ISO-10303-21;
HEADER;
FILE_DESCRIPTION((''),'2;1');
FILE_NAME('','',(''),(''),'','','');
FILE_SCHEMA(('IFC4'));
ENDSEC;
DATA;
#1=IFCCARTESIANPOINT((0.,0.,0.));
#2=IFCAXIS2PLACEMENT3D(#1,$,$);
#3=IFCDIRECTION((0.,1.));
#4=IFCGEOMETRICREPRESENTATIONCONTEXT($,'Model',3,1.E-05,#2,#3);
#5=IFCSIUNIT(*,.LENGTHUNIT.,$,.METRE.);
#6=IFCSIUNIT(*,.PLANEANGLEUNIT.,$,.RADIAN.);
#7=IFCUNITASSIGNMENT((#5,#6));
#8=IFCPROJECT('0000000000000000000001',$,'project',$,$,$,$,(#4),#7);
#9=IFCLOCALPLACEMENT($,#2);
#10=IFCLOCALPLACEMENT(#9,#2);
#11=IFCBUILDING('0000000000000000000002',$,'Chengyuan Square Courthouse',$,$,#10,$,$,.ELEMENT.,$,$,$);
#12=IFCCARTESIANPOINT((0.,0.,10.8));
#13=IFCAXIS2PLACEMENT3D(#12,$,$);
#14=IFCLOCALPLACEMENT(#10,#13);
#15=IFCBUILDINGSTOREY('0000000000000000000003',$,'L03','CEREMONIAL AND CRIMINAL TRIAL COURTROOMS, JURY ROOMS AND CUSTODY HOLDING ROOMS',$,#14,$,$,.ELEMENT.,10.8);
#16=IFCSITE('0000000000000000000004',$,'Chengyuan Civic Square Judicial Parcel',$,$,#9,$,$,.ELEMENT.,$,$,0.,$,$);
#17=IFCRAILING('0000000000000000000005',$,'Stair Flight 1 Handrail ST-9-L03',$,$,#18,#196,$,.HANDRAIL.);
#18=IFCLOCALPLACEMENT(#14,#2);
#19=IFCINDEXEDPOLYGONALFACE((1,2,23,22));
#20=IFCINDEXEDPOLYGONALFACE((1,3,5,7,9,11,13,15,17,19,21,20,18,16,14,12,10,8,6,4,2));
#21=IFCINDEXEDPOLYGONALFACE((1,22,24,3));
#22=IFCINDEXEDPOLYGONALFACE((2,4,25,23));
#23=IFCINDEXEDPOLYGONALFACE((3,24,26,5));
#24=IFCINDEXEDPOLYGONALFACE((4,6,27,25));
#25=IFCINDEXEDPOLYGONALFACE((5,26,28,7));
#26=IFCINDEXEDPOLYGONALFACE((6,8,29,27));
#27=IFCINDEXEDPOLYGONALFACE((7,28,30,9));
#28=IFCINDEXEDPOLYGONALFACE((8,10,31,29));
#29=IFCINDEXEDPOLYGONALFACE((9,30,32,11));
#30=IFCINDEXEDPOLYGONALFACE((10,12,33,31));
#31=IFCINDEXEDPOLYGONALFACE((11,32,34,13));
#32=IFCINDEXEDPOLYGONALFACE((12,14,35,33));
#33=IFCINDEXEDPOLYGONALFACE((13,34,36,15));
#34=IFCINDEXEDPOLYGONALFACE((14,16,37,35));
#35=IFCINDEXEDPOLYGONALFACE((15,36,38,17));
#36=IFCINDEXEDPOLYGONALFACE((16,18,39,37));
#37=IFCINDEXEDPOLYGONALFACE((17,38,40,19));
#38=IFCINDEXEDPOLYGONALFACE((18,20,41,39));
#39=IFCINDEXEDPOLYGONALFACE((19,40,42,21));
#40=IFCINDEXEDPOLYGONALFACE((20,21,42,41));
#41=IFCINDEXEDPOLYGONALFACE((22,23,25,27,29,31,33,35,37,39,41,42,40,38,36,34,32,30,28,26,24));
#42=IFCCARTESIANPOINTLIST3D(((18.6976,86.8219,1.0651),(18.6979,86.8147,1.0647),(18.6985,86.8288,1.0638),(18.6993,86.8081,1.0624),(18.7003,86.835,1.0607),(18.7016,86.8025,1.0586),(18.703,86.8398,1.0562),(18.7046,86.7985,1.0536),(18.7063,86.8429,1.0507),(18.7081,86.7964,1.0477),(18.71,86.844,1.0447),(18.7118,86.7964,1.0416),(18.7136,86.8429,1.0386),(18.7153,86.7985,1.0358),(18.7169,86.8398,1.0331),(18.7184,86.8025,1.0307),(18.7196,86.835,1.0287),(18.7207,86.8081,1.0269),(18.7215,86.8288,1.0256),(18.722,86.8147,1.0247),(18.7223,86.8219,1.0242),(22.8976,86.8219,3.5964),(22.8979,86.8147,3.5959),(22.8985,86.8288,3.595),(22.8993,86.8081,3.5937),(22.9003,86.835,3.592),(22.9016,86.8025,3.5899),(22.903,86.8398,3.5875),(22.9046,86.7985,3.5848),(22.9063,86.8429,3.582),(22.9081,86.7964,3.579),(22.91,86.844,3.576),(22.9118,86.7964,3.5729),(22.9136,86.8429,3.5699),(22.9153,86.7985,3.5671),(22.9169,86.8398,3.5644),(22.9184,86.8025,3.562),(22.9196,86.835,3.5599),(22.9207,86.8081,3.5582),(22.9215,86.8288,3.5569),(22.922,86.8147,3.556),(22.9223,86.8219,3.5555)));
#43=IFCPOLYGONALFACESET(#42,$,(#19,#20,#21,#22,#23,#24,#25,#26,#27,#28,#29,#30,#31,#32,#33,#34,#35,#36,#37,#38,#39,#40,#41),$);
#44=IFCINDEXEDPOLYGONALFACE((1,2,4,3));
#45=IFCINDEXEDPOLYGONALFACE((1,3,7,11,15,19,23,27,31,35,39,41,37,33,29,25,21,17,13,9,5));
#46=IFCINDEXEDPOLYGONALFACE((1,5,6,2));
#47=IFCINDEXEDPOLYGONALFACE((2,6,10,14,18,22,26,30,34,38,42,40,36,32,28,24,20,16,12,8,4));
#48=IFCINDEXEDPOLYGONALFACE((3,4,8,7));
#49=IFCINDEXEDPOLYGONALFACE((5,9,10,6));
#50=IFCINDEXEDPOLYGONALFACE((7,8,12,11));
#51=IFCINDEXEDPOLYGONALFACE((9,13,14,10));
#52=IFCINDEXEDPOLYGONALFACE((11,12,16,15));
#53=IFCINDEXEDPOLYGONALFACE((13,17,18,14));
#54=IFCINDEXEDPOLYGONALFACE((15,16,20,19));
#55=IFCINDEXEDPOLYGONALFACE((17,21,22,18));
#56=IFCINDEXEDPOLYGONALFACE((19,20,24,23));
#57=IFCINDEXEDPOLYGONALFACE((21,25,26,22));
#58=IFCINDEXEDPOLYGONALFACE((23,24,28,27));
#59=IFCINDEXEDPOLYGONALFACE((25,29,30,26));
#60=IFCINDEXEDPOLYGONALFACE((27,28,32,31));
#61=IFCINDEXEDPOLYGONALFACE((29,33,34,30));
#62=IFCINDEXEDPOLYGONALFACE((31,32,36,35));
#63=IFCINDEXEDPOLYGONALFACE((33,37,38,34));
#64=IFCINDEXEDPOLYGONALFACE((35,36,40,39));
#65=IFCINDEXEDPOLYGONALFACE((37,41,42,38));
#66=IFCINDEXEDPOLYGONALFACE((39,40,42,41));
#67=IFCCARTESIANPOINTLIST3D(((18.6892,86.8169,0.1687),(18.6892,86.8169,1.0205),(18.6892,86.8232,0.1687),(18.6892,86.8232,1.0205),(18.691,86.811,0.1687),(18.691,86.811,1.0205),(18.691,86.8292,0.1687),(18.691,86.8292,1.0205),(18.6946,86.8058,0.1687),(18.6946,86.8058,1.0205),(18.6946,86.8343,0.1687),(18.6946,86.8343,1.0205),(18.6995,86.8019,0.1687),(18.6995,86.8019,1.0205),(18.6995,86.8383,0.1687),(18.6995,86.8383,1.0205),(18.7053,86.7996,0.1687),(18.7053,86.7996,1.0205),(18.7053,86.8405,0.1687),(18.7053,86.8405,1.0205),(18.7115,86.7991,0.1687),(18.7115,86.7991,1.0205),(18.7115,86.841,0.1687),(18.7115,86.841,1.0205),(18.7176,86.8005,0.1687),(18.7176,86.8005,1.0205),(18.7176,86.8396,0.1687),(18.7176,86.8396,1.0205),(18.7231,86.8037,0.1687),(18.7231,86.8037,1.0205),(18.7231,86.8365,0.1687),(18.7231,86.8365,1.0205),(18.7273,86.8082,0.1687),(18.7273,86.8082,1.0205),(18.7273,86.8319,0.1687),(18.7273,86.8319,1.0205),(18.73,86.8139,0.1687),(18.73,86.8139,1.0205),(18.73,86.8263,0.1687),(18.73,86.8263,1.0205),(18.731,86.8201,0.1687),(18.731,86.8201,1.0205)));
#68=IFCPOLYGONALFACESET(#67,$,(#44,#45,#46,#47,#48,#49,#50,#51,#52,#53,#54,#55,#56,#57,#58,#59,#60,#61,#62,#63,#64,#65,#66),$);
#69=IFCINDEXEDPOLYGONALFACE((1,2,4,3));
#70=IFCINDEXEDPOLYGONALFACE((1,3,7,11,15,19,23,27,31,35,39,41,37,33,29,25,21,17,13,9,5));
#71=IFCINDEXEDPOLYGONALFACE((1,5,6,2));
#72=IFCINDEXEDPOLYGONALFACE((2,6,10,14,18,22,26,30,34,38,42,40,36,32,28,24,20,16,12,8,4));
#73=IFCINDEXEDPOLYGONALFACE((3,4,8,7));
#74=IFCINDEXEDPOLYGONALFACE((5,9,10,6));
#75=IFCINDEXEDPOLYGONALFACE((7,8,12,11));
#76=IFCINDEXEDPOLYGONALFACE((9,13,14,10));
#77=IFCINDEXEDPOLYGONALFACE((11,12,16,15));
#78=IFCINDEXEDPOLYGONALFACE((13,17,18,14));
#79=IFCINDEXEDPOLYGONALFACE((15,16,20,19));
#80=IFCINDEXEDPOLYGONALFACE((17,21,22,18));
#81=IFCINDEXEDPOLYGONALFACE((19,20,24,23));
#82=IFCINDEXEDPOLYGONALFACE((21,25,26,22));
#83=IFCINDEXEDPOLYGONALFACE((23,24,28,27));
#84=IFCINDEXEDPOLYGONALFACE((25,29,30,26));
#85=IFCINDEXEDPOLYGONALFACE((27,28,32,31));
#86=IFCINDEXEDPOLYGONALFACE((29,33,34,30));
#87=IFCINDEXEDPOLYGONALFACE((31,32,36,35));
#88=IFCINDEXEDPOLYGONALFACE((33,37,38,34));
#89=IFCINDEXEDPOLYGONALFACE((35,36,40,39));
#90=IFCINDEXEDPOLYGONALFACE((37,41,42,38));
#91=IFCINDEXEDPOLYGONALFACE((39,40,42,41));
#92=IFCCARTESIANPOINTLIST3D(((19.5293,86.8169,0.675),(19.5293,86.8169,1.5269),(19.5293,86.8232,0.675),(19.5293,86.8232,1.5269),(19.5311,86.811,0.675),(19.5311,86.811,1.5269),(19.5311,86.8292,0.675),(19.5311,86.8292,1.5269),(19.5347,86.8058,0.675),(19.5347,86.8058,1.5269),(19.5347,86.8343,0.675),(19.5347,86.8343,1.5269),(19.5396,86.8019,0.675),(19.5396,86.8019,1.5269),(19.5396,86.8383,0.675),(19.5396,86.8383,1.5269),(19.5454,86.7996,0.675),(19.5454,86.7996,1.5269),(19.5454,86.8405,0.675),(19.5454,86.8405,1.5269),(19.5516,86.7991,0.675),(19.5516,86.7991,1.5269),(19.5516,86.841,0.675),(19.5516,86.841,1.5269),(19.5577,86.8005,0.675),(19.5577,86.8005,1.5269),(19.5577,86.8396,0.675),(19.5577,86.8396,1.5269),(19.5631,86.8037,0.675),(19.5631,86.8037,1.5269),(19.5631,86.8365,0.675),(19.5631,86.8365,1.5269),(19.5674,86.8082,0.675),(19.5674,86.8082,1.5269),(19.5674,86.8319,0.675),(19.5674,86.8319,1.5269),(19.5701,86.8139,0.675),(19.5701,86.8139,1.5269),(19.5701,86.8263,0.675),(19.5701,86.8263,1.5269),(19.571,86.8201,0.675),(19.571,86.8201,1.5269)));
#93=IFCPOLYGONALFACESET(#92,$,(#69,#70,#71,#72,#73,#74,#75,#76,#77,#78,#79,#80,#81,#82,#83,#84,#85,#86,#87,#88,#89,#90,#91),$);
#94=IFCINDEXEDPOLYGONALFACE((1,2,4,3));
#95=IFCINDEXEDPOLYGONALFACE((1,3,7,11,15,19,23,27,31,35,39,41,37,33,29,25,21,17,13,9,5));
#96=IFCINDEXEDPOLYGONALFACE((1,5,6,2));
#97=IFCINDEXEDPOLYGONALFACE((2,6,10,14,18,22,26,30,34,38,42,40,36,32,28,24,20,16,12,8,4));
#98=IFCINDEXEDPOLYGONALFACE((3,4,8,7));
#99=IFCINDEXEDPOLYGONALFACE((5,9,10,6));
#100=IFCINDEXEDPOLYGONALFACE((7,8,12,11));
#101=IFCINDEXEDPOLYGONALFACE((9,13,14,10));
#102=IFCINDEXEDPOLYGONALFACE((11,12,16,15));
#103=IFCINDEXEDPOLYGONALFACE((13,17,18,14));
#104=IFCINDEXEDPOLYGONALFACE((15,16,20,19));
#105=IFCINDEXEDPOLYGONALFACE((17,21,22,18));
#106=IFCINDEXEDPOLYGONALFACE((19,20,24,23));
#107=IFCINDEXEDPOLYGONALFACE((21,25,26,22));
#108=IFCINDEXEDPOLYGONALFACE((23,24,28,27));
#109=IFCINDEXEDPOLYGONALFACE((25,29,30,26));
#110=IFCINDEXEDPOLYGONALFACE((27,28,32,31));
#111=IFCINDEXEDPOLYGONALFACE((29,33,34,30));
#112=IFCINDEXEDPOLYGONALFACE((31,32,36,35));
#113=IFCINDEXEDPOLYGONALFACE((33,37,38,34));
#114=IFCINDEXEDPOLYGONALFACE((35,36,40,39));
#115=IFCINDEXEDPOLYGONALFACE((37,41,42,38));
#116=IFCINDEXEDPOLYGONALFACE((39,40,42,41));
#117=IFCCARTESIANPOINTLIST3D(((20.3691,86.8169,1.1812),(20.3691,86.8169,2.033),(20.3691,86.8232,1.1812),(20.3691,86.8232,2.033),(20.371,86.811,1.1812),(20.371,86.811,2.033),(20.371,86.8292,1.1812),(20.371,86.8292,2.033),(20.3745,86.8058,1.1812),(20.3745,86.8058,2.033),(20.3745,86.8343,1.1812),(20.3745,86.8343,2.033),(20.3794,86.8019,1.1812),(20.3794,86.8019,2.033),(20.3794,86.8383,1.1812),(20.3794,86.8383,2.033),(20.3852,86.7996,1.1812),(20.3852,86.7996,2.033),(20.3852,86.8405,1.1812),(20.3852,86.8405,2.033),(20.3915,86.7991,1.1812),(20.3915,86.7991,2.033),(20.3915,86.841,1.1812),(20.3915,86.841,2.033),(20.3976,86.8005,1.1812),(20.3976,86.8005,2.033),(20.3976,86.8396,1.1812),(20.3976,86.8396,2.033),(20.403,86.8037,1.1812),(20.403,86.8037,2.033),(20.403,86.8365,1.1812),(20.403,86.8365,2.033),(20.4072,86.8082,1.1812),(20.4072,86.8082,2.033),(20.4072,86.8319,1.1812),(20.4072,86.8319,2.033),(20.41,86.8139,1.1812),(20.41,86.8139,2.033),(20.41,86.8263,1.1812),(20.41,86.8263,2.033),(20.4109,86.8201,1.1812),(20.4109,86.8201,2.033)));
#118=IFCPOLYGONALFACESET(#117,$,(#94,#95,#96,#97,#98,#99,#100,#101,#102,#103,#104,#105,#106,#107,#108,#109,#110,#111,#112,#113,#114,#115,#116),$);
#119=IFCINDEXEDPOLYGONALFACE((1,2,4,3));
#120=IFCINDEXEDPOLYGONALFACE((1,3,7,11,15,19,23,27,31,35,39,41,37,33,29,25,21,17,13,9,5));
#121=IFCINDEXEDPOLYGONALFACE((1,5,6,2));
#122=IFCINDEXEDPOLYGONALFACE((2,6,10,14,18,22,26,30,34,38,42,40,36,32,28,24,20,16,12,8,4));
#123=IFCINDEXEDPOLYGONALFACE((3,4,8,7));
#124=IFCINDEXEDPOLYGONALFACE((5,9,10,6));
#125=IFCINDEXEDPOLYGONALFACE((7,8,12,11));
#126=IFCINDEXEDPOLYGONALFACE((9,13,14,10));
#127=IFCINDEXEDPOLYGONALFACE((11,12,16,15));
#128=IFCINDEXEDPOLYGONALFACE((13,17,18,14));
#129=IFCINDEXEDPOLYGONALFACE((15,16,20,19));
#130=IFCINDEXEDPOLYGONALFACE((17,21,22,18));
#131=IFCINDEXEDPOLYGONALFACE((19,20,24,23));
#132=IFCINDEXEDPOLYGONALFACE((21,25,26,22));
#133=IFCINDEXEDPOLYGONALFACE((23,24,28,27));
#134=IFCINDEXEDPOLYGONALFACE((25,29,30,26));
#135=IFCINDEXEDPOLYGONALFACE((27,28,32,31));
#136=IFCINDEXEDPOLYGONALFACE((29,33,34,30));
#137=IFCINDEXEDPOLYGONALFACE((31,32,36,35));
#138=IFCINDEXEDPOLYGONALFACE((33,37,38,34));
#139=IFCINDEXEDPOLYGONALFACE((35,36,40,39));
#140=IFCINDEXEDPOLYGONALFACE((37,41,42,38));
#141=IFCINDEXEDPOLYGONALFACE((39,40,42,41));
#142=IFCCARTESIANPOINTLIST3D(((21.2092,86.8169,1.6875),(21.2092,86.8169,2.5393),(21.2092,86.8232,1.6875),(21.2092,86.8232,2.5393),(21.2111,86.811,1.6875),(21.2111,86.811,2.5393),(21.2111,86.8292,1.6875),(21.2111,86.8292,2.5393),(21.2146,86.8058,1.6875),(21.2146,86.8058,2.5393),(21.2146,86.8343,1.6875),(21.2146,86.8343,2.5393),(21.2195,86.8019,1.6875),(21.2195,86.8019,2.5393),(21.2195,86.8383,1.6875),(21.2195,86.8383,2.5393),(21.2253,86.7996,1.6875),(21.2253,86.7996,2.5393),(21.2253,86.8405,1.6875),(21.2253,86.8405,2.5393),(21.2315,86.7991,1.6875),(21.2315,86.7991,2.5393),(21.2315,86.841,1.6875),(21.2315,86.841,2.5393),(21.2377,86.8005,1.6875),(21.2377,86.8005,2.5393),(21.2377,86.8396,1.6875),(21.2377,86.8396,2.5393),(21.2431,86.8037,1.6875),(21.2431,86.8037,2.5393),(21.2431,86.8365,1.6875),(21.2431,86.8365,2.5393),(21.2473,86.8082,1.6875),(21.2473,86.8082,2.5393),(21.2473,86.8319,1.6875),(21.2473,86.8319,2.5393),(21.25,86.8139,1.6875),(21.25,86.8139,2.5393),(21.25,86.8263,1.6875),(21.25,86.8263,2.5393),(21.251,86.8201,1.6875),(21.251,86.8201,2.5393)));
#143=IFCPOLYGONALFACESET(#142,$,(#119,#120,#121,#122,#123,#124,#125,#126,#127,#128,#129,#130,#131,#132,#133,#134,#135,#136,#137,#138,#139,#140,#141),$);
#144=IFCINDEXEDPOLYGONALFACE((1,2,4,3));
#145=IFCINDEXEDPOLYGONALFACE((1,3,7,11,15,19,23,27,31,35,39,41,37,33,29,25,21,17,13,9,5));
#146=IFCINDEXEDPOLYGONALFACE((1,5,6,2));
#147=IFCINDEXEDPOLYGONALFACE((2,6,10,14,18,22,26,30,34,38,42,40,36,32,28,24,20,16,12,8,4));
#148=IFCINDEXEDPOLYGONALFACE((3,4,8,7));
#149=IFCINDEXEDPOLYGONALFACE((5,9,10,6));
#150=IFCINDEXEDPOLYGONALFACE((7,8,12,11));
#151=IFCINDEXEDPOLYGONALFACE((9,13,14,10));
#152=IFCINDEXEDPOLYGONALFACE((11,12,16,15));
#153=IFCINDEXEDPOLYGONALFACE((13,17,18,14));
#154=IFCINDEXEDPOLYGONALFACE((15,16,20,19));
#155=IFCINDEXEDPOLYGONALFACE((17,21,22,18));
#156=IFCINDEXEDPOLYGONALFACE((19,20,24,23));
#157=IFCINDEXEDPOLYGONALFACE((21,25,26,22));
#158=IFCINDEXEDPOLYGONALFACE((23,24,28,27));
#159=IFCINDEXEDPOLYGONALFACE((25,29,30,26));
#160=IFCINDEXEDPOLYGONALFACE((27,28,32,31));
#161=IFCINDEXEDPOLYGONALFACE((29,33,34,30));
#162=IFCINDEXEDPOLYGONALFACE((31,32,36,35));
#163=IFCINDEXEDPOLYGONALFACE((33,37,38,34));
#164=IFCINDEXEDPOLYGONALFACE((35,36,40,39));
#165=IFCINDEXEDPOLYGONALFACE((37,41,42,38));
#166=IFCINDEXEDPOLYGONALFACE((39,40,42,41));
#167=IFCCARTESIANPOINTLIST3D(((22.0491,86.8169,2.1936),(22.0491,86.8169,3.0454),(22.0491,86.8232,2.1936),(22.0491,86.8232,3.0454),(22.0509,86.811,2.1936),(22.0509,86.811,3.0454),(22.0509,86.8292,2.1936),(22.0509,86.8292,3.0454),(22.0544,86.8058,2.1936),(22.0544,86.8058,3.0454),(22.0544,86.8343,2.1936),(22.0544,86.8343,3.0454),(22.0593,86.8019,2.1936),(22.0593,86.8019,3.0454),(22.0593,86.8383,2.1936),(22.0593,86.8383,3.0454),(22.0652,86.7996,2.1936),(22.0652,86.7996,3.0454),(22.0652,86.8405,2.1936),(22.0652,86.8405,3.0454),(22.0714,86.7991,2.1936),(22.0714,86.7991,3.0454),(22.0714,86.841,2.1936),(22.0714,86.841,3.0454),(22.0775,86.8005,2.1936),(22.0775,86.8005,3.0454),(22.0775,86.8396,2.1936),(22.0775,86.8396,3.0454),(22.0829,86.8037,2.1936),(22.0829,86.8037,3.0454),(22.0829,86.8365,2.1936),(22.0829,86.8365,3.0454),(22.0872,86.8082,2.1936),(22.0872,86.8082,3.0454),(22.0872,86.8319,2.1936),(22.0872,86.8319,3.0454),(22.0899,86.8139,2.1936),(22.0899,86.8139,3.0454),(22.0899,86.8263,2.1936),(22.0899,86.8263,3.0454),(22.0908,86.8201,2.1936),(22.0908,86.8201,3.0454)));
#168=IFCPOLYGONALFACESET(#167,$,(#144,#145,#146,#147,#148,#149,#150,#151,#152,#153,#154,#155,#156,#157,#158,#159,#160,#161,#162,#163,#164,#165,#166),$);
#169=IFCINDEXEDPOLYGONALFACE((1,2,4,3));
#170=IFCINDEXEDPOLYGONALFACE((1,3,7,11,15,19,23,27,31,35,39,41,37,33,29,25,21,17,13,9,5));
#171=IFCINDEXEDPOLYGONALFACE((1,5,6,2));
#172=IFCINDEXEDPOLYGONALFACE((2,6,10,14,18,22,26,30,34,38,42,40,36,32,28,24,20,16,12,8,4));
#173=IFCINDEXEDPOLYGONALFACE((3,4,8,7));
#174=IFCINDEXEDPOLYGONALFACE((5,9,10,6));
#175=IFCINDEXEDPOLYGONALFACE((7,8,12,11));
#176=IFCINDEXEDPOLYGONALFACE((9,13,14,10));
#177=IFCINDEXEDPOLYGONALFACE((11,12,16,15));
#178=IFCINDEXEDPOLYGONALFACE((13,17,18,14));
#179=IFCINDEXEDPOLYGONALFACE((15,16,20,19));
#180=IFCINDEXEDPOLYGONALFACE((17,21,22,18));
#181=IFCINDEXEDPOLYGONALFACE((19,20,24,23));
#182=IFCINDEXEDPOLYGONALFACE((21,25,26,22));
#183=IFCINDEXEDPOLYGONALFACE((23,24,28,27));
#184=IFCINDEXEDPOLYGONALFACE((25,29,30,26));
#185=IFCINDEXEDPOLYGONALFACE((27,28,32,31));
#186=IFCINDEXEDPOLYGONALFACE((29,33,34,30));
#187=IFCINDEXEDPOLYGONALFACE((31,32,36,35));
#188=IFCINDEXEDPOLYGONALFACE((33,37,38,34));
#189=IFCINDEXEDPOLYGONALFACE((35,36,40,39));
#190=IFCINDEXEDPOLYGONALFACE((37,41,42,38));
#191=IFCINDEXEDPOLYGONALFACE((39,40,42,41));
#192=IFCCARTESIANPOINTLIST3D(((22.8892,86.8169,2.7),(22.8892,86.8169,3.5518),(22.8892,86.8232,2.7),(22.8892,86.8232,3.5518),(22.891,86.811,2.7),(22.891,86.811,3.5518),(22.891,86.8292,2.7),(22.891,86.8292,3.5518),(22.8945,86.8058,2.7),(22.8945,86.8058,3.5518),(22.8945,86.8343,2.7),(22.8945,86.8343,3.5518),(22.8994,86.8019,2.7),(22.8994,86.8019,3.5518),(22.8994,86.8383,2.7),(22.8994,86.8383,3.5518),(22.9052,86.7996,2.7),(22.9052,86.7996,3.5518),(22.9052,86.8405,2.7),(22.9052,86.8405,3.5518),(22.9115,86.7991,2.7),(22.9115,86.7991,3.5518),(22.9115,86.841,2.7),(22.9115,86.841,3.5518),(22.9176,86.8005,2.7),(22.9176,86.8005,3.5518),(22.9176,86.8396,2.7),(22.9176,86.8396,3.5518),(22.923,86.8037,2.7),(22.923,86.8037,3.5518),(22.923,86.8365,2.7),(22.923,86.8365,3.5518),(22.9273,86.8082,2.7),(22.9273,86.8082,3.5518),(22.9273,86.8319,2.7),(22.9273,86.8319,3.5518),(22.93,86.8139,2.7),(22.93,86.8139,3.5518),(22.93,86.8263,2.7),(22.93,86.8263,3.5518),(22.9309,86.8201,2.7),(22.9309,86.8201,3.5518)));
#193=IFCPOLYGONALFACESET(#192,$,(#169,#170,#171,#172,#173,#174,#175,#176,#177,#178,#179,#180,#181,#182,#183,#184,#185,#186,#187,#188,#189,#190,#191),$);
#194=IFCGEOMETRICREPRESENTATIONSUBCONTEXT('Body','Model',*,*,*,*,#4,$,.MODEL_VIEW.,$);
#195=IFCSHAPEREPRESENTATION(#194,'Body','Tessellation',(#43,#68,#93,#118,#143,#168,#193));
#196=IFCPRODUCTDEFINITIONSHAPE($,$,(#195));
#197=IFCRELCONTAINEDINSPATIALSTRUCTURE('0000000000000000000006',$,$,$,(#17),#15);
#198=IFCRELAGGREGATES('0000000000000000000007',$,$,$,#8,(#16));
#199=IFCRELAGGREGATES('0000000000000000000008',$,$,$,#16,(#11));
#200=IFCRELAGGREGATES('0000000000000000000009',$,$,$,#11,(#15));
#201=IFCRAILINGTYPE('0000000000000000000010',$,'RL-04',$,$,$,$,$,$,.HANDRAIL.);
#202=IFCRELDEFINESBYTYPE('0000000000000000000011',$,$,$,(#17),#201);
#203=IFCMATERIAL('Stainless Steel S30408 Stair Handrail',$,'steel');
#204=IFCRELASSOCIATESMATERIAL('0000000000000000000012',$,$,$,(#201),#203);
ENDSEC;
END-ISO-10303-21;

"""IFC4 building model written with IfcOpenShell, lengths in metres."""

from ifc_helpers import new_model, si_unit, direction, frame, origin, origin_2d, place, context, subcontext, project, spatial, circle, extrude, material, type_object, element, save


model = new_model("IFC4")

# Units and contexts
model_context = context("Model", 3, precision=1e-05, world=origin(), true_north=direction((0.0, 1.0)))
body_context = subcontext(model_context, "Body", "Model", "MODEL_VIEW")
ifc_project = project(units=[si_unit("LENGTHUNIT", "METRE"), si_unit("PLANEANGLEUNIT", "RADIAN")], contexts=[model_context])

# Site, building, storey
site_placement = place(None, origin())
site = spatial("IfcSite", under=ifc_project, at=site_placement, Name="Chengyuan Civic Square Judicial Parcel", CompositionType="ELEMENT", RefElevation=0.0)
building_placement = place(site_placement, origin())
building = spatial("IfcBuilding", under=site, at=building_placement, Name="Chengyuan Square Courthouse", CompositionType="ELEMENT")
storey_placement = place(building_placement, frame((0.0, 0.0, 10.8)))
storey = spatial("IfcBuildingStorey", under=building, at=storey_placement, Name="L03", Description="CEREMONIAL AND CRIMINAL TRIAL COURTROOMS, JURY ROOMS AND CUSTODY HOLDING ROOMS", CompositionType="ELEMENT", Elevation=10.8)

# Railing
ifc_material_1 = material(Name="Stainless Steel S30408 Stair Handrail", Category="steel")
railing_type_1 = type_object("IfcRailingType", Name="RL-04", PredefinedType="HANDRAIL", material=ifc_material_1)
railing_1_placement = place(storey_placement, frame((18.71, 86.8201, 0.1687)))
element("IfcRailing", 1, at=railing_1_placement, inside=storey, type_object=railing_type_1, Name="Stair Flight 1 Handrail ST-9-L03", PredefinedType="HANDRAIL", context=body_context, shape_type="SweptSolid", body=[
    extrude(circle(Radius=0.0239, at=origin_2d()), frame((0.0, 0.0, 0.876), z_axis=(0.856476, 0.0, 0.516186), x_axis=(0.0, 1.0, 0.0)), (0.0, 0.0, 1.0), 4.9038),
    extrude(circle(Radius=0.021, at=origin_2d()), origin(), (0.0, 0.0, 1.0), 0.8518),
    extrude(circle(Radius=0.021, at=origin_2d()), frame((0.8401, 0.0, 0.5063)), (0.0, 0.0, 1.0), 0.8518),
    extrude(circle(Radius=0.021, at=origin_2d()), frame((1.6799, 0.0, 1.0125)), (0.0, 0.0, 1.0), 0.8518),
    extrude(circle(Radius=0.021, at=origin_2d()), frame((2.52, 0.0, 1.5188)), (0.0, 0.0, 1.0), 0.8518),
    extrude(circle(Radius=0.021, at=origin_2d()), frame((3.3599, 0.0, 2.0249)), (0.0, 0.0, 1.0), 0.8518),
    extrude(circle(Radius=0.021, at=origin_2d()), frame((4.2, 0.0, 2.5312)), (0.0, 0.0, 1.0), 0.8518),
])

save(model, "model.ifc")
